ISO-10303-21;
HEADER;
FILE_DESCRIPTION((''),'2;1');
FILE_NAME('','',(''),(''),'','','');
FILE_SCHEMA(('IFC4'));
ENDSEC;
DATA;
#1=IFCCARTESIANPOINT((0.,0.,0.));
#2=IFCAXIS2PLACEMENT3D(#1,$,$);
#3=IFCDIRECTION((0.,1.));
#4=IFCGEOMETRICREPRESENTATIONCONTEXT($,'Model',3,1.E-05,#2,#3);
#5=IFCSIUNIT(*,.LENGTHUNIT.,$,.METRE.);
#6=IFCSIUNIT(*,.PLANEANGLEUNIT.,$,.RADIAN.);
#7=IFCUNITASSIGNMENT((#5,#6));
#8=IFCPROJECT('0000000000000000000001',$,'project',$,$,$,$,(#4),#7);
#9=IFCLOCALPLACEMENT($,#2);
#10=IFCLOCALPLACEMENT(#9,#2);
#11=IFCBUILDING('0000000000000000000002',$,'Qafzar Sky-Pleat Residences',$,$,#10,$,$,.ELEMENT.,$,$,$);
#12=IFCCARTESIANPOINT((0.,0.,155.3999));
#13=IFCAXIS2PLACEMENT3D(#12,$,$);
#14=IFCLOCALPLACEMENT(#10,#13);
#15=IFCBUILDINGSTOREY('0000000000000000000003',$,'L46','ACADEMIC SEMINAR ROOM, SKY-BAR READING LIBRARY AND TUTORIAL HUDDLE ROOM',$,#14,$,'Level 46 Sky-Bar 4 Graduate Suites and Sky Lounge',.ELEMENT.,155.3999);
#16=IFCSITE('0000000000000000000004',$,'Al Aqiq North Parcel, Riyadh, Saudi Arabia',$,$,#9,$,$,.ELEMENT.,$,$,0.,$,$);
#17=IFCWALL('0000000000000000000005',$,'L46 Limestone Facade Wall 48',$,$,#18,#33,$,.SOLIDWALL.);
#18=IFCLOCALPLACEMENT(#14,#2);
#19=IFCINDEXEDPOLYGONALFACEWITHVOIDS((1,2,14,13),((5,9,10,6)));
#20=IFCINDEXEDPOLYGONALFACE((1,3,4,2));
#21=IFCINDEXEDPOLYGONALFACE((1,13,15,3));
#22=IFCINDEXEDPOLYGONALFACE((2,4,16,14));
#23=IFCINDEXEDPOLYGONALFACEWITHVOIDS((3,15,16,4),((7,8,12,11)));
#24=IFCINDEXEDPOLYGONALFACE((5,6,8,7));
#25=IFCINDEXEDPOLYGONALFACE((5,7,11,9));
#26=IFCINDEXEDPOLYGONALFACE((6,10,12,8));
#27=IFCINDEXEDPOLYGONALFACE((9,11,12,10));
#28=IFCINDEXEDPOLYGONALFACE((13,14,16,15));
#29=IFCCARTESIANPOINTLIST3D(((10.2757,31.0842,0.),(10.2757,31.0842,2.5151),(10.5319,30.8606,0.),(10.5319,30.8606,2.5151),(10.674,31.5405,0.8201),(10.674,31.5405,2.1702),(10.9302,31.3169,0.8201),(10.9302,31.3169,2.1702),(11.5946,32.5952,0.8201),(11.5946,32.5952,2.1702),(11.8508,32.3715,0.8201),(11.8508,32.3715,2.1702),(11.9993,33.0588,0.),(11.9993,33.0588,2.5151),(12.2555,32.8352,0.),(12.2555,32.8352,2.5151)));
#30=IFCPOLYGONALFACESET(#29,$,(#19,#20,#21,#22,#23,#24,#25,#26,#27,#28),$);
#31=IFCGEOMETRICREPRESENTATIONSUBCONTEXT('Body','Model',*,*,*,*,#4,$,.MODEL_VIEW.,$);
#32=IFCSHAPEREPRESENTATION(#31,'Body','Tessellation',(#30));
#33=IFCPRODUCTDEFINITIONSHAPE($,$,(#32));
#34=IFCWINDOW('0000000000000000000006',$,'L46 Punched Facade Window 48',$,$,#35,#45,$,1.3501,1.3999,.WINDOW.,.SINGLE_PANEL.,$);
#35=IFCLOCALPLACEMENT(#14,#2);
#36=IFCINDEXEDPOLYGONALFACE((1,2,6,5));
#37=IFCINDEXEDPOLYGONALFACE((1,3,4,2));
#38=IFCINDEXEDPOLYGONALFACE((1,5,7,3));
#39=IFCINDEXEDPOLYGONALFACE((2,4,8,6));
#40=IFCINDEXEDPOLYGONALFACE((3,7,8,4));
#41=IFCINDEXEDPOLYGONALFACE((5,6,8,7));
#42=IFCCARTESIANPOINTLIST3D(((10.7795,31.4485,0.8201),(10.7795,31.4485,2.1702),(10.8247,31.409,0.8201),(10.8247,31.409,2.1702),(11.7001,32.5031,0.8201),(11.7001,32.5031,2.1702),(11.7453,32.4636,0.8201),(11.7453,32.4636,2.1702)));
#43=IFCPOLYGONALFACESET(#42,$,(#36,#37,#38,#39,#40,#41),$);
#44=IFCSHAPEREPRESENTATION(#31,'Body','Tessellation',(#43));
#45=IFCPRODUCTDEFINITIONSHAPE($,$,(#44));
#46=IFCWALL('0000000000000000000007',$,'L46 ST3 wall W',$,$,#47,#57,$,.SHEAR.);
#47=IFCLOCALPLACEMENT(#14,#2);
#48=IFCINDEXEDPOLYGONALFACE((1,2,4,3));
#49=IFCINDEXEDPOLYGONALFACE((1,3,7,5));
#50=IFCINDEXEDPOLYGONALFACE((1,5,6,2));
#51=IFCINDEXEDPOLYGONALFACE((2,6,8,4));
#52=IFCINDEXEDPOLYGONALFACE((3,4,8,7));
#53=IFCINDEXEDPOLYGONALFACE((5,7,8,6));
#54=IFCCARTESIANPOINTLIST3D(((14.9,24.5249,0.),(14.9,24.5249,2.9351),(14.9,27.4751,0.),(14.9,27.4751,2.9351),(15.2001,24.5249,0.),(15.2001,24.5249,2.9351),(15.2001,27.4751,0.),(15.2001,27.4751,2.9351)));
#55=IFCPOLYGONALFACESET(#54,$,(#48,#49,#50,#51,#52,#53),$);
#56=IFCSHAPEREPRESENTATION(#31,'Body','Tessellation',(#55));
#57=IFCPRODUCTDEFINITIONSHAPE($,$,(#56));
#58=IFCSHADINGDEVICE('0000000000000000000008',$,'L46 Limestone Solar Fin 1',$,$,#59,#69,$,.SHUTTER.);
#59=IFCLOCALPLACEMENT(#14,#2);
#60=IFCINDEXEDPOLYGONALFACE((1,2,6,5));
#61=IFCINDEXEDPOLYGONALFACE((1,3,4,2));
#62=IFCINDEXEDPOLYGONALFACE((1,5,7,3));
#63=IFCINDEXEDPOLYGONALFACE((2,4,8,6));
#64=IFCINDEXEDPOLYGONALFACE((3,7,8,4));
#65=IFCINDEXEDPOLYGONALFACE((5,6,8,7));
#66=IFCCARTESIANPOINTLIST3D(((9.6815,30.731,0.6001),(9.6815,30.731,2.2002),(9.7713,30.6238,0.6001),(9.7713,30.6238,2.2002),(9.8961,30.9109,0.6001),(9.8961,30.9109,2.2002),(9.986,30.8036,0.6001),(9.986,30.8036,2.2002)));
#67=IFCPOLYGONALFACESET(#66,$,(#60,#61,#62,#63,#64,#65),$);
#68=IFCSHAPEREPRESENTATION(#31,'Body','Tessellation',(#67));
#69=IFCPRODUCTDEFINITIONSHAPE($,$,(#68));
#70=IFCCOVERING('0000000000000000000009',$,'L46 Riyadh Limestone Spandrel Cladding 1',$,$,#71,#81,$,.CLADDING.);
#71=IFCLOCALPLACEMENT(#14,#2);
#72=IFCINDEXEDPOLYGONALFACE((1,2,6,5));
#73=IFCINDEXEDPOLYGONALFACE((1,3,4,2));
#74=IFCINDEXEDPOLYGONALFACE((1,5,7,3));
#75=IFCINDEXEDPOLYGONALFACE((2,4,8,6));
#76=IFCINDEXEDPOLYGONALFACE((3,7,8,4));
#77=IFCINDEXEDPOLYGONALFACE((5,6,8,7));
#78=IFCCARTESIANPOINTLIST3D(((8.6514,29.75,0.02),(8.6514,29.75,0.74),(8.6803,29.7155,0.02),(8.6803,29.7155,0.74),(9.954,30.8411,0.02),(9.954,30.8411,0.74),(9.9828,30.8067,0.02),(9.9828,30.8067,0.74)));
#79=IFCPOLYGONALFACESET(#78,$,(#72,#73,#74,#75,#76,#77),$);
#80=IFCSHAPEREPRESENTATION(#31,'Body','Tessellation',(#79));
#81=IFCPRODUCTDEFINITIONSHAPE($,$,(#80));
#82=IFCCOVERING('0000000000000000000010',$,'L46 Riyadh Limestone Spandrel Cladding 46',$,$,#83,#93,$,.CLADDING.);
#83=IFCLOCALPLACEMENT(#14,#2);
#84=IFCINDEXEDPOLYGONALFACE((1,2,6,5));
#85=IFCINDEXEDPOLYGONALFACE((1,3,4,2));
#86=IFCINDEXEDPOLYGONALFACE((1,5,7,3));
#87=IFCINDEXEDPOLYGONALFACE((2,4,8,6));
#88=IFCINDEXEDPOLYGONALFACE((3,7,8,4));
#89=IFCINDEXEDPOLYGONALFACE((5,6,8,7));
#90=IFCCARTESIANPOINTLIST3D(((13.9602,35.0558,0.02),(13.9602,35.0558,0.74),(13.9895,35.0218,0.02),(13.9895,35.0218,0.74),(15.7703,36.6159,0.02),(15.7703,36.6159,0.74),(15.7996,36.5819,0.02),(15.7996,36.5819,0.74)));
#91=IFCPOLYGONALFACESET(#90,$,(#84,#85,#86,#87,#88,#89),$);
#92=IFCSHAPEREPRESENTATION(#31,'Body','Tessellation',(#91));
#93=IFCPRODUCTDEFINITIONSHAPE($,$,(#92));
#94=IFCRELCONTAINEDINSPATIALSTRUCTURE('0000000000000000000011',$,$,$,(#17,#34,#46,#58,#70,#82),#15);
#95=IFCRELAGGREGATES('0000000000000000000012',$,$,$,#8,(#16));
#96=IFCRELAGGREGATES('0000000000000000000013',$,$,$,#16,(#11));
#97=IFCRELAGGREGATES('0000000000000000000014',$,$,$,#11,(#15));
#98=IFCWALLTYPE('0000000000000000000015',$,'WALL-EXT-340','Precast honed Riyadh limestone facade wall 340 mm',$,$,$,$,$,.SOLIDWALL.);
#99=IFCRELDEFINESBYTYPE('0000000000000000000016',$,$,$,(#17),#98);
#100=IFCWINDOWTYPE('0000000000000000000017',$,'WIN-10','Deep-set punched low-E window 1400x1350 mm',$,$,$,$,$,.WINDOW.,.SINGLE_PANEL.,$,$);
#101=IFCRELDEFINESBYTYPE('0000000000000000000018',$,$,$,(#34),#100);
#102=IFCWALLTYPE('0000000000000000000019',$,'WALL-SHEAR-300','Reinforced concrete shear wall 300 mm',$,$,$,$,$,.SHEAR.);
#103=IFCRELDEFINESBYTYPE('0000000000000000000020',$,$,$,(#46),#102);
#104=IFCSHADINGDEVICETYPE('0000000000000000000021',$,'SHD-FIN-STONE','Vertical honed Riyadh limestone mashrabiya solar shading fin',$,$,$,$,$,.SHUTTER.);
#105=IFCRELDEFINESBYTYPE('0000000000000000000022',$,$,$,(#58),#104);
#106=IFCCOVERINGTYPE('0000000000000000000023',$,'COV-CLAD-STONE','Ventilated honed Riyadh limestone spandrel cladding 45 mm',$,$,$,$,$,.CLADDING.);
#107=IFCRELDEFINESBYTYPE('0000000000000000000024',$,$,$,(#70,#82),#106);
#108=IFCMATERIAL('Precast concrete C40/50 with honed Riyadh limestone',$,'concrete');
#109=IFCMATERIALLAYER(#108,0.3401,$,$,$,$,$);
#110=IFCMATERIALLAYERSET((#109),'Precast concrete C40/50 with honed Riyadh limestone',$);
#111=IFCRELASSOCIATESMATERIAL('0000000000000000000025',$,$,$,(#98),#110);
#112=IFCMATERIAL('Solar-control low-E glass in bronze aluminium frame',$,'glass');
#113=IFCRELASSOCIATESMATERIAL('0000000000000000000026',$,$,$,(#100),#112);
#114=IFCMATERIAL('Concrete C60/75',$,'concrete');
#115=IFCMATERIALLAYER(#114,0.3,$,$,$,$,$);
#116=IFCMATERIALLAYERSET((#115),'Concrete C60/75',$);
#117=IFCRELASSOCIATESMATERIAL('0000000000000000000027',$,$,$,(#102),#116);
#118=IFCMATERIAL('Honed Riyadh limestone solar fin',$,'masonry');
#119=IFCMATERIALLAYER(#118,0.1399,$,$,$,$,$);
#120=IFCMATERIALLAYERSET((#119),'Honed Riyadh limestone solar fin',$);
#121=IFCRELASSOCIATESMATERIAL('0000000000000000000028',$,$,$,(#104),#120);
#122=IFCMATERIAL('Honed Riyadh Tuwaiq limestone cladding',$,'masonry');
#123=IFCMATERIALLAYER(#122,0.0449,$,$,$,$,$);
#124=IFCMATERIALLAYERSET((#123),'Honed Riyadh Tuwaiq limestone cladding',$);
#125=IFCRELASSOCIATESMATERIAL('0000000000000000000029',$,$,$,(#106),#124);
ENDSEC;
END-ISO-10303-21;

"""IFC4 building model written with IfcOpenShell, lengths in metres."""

from ifc_helpers import new_model, si_unit, direction, frame, frame_2d, origin, origin_2d, place, context, subcontext, project, spatial, rectangle, extrude, source, transform, mapped, material, layer, layer_set, type_object, element, fill, save


model = new_model("IFC4")

# Units and contexts
model_context = context("Model", 3, precision=1e-05, world=origin(), true_north=direction((0.0, 1.0)))
body_context = subcontext(model_context, "Body", "Model", "MODEL_VIEW")
ifc_project = project(units=[si_unit("LENGTHUNIT", "METRE"), si_unit("PLANEANGLEUNIT", "RADIAN")], contexts=[model_context])

# Site, building, storey
site_placement = place(None, origin())
site = spatial("IfcSite", under=ifc_project, at=site_placement, Name="Al Aqiq North Parcel, Riyadh, Saudi Arabia", CompositionType="ELEMENT", RefElevation=0.0)
building_placement = place(site_placement, origin())
building = spatial("IfcBuilding", under=site, at=building_placement, Name="Qafzar Sky-Pleat Residences", CompositionType="ELEMENT")
storey_placement = place(building_placement, frame((0.0, 0.0, 155.3999)))
storey = spatial("IfcBuildingStorey", under=building, at=storey_placement, Name="L46", Description="ACADEMIC SEMINAR ROOM, SKY-BAR READING LIBRARY AND TUTORIAL HUDDLE ROOM", LongName="Level 46 Sky-Bar 4 Graduate Suites and Sky Lounge", CompositionType="ELEMENT", Elevation=155.3999)

# Shared definitions
ifc_material_1 = material(Name="Concrete C60/75", Category="concrete")

# Wall, opening, window
ifc_material_2 = material(Name="Precast concrete C40/50 with honed Riyadh limestone", Category="concrete")
ifc_layer_1 = layer(ifc_material_2, 0.3401)
ifc_layer_set_1 = layer_set([ifc_layer_1], Name="Precast concrete C40/50 with honed Riyadh limestone")
wall_type_1 = type_object("IfcWallType", Name="WALL-EXT-340", Description="Precast honed Riyadh limestone facade wall 340 mm", PredefinedType="SOLIDWALL", material=ifc_layer_set_1)
ifc_material_3 = material(Name="Solar-control low-E glass in bronze aluminium frame", Category="glass")
wall_1_placement = place(storey_placement, frame((12.1274, 32.947, 0.0), z_axis=(0.0, 0.0, 1.0), x_axis=(-0.657607, -0.753361, 0.0)))
wall_1 = element("IfcWall", 1, at=wall_1_placement, inside=storey, type_object=wall_type_1, Name="L46 Limestone Facade Wall 48", PredefinedType="SOLIDWALL", context=body_context, shape_type="SweptSolid", body=[
    extrude(rectangle(XDim=2.6211, YDim=0.3401, at=frame_2d((1.3105, 0.0))), origin(), (0.0, 0.0, 1.0), 2.5151),
])
opening_1_placement = place(wall_1_placement, frame((0.6155, 0.0, 0.8201)))
opening_1 = element("IfcOpeningElement", 2, at=opening_1_placement, cuts=wall_1, PredefinedType="OPENING", context=body_context, shape_type="SweptSolid", body=[
    extrude(rectangle(XDim=1.3999, YDim=1.3501, at=frame_2d((0.7, 0.675))), frame((0.0, 0.1802, 0.0), z_axis=(0.0, -1.0, 0.0), x_axis=(1.0, 0.0, 0.0)), (0.0, 0.0, 1.0), 0.3601),
])
window_type_1 = type_object("IfcWindowType", Name="WIN-10", Description="Deep-set punched low-E window 1400x1350 mm", PartitioningType="SINGLE_PANEL", PredefinedType="WINDOW", material=ifc_material_3)
shared_shape_1 = source(origin(), body_context, "Body", "SweptSolid", [
    extrude(rectangle(XDim=1.3999, YDim=1.3501, at=frame_2d((0.7, 0.675))), frame((0.0, 0.03, 0.0), z_axis=(0.0, -1.0, 0.0), x_axis=(1.0, 0.0, 0.0)), (0.0, 0.0, 1.0), 0.0601),
])
window_1_placement = place(opening_1_placement, origin())
window_1 = element("IfcWindow", 3, at=window_1_placement, inside=storey, type_object=window_type_1, Name="L46 Punched Facade Window 48", OverallHeight=1.3501, OverallWidth=1.3999, PartitioningType="SINGLE_PANEL", PredefinedType="WINDOW", context=body_context, shape_type="MappedRepresentation", body=[
    mapped(shared_shape_1, transform((0.0, 0.0, 0.0), x_axis=(1.0, 0.0, 0.0), y_axis=(0.0, 1.0, 0.0), z_axis=(0.0, 0.0, 1.0), scale=1.0)),
])
fill(opening_1, window_1)

# Wall
ifc_layer_2 = layer(ifc_material_1, 0.3)
ifc_layer_set_2 = layer_set([ifc_layer_2], Name="Concrete C60/75")
wall_type_2 = type_object("IfcWallType", Name="WALL-SHEAR-300", Description="Reinforced concrete shear wall 300 mm", PredefinedType="SHEAR", material=ifc_layer_set_2)
wall_2_placement = place(storey_placement, frame((15.05, 27.4751, 0.0), z_axis=(0.0, 0.0, 1.0), x_axis=(0.0, -1.0, 0.0)))
element("IfcWall", 4, at=wall_2_placement, inside=storey, type_object=wall_type_2, Name="L46 ST3 wall W", PredefinedType="SHEAR", context=body_context, shape_type="SweptSolid", body=[
    extrude(rectangle(XDim=2.9502, YDim=0.3, at=frame_2d((1.4751, 0.0))), origin(), (0.0, 0.0, 1.0), 2.9351),
])

# Shading device
ifc_material_4 = material(Name="Honed Riyadh limestone solar fin", Category="masonry")
ifc_layer_3 = layer(ifc_material_4, 0.1399)
ifc_layer_set_3 = layer_set([ifc_layer_3], Name="Honed Riyadh limestone solar fin")
shading_device_type = type_object("IfcShadingDeviceType", Name="SHD-FIN-STONE", Description="Vertical honed Riyadh limestone mashrabiya solar shading fin", PredefinedType="SHUTTER", material=ifc_layer_set_3)
shared_shape_2 = source(origin(), body_context, "Body", "SweptSolid", [
    extrude(rectangle(XDim=0.1399, YDim=0.28, at=origin_2d()), origin(), (0.0, 0.0, 1.0), 1.6001),
])
shading_device_placement = place(storey_placement, frame((9.8337, 30.7673, 0.6001), z_axis=(0.0, 0.0, 1.0), x_axis=(-0.642203, 0.766534, 0.0)))
element("IfcShadingDevice", 5, at=shading_device_placement, inside=storey, type_object=shading_device_type, Name="L46 Limestone Solar Fin 1", PredefinedType="SHUTTER", context=body_context, shape_type="MappedRepresentation", body=[
    mapped(shared_shape_2, transform((0.0, 0.0, 0.0), x_axis=(1.0, 0.0, 0.0), y_axis=(0.0, 1.0, 0.0), z_axis=(0.0, 0.0, 1.0), scale=1.0)),
])

# Coverings
ifc_material_5 = material(Name="Honed Riyadh Tuwaiq limestone cladding", Category="masonry")
ifc_layer_4 = layer(ifc_material_5, 0.0449)
ifc_layer_set_4 = layer_set([ifc_layer_4], Name="Honed Riyadh Tuwaiq limestone cladding")
covering_type = type_object("IfcCoveringType", Name="COV-CLAD-STONE", Description="Ventilated honed Riyadh limestone spandrel cladding 45 mm", PredefinedType="CLADDING", material=ifc_layer_set_4)
shared_shape_3 = source(origin(), body_context, "Body", "SweptSolid", [
    extrude(rectangle(XDim=1.6992, YDim=0.0449, at=origin_2d()), origin(), (0.0, 0.0, 1.0), 0.72),
])
covering_1_placement = place(storey_placement, frame((9.3171, 30.2783, 0.02), z_axis=(0.0, 0.0, 1.0), x_axis=(-0.766569, -0.642162, 0.0)))
element("IfcCovering", 6, at=covering_1_placement, inside=storey, type_object=covering_type, Name="L46 Riyadh Limestone Spandrel Cladding 1", PredefinedType="CLADDING", context=body_context, shape_type="MappedRepresentation", body=[
    mapped(shared_shape_3, transform((0.0, 0.0, 0.0), x_axis=(1.0, 0.0, 0.0), y_axis=(0.0, 1.0, 0.0), z_axis=(0.0, 0.0, 1.0), scale=1.0)),
])
shared_shape_4 = source(origin(), body_context, "Body", "SweptSolid", [
    extrude(rectangle(XDim=2.3896, YDim=0.0449, at=origin_2d()), origin(), (0.0, 0.0, 1.0), 0.72),
])
covering_2_placement = place(storey_placement, frame((14.8799, 35.8188, 0.02), z_axis=(0.0, 0.0, 1.0), x_axis=(-0.757481, -0.652858, 0.0)))
element("IfcCovering", 7, at=covering_2_placement, inside=storey, type_object=covering_type, Name="L46 Riyadh Limestone Spandrel Cladding 46", PredefinedType="CLADDING", context=body_context, shape_type="MappedRepresentation", body=[
    mapped(shared_shape_4, transform((0.0, 0.0, 0.0), x_axis=(1.0, 0.0, 0.0), y_axis=(0.0, 1.0, 0.0), z_axis=(0.0, 0.0, 1.0), scale=1.0)),
])

save(model, "model.ifc")
